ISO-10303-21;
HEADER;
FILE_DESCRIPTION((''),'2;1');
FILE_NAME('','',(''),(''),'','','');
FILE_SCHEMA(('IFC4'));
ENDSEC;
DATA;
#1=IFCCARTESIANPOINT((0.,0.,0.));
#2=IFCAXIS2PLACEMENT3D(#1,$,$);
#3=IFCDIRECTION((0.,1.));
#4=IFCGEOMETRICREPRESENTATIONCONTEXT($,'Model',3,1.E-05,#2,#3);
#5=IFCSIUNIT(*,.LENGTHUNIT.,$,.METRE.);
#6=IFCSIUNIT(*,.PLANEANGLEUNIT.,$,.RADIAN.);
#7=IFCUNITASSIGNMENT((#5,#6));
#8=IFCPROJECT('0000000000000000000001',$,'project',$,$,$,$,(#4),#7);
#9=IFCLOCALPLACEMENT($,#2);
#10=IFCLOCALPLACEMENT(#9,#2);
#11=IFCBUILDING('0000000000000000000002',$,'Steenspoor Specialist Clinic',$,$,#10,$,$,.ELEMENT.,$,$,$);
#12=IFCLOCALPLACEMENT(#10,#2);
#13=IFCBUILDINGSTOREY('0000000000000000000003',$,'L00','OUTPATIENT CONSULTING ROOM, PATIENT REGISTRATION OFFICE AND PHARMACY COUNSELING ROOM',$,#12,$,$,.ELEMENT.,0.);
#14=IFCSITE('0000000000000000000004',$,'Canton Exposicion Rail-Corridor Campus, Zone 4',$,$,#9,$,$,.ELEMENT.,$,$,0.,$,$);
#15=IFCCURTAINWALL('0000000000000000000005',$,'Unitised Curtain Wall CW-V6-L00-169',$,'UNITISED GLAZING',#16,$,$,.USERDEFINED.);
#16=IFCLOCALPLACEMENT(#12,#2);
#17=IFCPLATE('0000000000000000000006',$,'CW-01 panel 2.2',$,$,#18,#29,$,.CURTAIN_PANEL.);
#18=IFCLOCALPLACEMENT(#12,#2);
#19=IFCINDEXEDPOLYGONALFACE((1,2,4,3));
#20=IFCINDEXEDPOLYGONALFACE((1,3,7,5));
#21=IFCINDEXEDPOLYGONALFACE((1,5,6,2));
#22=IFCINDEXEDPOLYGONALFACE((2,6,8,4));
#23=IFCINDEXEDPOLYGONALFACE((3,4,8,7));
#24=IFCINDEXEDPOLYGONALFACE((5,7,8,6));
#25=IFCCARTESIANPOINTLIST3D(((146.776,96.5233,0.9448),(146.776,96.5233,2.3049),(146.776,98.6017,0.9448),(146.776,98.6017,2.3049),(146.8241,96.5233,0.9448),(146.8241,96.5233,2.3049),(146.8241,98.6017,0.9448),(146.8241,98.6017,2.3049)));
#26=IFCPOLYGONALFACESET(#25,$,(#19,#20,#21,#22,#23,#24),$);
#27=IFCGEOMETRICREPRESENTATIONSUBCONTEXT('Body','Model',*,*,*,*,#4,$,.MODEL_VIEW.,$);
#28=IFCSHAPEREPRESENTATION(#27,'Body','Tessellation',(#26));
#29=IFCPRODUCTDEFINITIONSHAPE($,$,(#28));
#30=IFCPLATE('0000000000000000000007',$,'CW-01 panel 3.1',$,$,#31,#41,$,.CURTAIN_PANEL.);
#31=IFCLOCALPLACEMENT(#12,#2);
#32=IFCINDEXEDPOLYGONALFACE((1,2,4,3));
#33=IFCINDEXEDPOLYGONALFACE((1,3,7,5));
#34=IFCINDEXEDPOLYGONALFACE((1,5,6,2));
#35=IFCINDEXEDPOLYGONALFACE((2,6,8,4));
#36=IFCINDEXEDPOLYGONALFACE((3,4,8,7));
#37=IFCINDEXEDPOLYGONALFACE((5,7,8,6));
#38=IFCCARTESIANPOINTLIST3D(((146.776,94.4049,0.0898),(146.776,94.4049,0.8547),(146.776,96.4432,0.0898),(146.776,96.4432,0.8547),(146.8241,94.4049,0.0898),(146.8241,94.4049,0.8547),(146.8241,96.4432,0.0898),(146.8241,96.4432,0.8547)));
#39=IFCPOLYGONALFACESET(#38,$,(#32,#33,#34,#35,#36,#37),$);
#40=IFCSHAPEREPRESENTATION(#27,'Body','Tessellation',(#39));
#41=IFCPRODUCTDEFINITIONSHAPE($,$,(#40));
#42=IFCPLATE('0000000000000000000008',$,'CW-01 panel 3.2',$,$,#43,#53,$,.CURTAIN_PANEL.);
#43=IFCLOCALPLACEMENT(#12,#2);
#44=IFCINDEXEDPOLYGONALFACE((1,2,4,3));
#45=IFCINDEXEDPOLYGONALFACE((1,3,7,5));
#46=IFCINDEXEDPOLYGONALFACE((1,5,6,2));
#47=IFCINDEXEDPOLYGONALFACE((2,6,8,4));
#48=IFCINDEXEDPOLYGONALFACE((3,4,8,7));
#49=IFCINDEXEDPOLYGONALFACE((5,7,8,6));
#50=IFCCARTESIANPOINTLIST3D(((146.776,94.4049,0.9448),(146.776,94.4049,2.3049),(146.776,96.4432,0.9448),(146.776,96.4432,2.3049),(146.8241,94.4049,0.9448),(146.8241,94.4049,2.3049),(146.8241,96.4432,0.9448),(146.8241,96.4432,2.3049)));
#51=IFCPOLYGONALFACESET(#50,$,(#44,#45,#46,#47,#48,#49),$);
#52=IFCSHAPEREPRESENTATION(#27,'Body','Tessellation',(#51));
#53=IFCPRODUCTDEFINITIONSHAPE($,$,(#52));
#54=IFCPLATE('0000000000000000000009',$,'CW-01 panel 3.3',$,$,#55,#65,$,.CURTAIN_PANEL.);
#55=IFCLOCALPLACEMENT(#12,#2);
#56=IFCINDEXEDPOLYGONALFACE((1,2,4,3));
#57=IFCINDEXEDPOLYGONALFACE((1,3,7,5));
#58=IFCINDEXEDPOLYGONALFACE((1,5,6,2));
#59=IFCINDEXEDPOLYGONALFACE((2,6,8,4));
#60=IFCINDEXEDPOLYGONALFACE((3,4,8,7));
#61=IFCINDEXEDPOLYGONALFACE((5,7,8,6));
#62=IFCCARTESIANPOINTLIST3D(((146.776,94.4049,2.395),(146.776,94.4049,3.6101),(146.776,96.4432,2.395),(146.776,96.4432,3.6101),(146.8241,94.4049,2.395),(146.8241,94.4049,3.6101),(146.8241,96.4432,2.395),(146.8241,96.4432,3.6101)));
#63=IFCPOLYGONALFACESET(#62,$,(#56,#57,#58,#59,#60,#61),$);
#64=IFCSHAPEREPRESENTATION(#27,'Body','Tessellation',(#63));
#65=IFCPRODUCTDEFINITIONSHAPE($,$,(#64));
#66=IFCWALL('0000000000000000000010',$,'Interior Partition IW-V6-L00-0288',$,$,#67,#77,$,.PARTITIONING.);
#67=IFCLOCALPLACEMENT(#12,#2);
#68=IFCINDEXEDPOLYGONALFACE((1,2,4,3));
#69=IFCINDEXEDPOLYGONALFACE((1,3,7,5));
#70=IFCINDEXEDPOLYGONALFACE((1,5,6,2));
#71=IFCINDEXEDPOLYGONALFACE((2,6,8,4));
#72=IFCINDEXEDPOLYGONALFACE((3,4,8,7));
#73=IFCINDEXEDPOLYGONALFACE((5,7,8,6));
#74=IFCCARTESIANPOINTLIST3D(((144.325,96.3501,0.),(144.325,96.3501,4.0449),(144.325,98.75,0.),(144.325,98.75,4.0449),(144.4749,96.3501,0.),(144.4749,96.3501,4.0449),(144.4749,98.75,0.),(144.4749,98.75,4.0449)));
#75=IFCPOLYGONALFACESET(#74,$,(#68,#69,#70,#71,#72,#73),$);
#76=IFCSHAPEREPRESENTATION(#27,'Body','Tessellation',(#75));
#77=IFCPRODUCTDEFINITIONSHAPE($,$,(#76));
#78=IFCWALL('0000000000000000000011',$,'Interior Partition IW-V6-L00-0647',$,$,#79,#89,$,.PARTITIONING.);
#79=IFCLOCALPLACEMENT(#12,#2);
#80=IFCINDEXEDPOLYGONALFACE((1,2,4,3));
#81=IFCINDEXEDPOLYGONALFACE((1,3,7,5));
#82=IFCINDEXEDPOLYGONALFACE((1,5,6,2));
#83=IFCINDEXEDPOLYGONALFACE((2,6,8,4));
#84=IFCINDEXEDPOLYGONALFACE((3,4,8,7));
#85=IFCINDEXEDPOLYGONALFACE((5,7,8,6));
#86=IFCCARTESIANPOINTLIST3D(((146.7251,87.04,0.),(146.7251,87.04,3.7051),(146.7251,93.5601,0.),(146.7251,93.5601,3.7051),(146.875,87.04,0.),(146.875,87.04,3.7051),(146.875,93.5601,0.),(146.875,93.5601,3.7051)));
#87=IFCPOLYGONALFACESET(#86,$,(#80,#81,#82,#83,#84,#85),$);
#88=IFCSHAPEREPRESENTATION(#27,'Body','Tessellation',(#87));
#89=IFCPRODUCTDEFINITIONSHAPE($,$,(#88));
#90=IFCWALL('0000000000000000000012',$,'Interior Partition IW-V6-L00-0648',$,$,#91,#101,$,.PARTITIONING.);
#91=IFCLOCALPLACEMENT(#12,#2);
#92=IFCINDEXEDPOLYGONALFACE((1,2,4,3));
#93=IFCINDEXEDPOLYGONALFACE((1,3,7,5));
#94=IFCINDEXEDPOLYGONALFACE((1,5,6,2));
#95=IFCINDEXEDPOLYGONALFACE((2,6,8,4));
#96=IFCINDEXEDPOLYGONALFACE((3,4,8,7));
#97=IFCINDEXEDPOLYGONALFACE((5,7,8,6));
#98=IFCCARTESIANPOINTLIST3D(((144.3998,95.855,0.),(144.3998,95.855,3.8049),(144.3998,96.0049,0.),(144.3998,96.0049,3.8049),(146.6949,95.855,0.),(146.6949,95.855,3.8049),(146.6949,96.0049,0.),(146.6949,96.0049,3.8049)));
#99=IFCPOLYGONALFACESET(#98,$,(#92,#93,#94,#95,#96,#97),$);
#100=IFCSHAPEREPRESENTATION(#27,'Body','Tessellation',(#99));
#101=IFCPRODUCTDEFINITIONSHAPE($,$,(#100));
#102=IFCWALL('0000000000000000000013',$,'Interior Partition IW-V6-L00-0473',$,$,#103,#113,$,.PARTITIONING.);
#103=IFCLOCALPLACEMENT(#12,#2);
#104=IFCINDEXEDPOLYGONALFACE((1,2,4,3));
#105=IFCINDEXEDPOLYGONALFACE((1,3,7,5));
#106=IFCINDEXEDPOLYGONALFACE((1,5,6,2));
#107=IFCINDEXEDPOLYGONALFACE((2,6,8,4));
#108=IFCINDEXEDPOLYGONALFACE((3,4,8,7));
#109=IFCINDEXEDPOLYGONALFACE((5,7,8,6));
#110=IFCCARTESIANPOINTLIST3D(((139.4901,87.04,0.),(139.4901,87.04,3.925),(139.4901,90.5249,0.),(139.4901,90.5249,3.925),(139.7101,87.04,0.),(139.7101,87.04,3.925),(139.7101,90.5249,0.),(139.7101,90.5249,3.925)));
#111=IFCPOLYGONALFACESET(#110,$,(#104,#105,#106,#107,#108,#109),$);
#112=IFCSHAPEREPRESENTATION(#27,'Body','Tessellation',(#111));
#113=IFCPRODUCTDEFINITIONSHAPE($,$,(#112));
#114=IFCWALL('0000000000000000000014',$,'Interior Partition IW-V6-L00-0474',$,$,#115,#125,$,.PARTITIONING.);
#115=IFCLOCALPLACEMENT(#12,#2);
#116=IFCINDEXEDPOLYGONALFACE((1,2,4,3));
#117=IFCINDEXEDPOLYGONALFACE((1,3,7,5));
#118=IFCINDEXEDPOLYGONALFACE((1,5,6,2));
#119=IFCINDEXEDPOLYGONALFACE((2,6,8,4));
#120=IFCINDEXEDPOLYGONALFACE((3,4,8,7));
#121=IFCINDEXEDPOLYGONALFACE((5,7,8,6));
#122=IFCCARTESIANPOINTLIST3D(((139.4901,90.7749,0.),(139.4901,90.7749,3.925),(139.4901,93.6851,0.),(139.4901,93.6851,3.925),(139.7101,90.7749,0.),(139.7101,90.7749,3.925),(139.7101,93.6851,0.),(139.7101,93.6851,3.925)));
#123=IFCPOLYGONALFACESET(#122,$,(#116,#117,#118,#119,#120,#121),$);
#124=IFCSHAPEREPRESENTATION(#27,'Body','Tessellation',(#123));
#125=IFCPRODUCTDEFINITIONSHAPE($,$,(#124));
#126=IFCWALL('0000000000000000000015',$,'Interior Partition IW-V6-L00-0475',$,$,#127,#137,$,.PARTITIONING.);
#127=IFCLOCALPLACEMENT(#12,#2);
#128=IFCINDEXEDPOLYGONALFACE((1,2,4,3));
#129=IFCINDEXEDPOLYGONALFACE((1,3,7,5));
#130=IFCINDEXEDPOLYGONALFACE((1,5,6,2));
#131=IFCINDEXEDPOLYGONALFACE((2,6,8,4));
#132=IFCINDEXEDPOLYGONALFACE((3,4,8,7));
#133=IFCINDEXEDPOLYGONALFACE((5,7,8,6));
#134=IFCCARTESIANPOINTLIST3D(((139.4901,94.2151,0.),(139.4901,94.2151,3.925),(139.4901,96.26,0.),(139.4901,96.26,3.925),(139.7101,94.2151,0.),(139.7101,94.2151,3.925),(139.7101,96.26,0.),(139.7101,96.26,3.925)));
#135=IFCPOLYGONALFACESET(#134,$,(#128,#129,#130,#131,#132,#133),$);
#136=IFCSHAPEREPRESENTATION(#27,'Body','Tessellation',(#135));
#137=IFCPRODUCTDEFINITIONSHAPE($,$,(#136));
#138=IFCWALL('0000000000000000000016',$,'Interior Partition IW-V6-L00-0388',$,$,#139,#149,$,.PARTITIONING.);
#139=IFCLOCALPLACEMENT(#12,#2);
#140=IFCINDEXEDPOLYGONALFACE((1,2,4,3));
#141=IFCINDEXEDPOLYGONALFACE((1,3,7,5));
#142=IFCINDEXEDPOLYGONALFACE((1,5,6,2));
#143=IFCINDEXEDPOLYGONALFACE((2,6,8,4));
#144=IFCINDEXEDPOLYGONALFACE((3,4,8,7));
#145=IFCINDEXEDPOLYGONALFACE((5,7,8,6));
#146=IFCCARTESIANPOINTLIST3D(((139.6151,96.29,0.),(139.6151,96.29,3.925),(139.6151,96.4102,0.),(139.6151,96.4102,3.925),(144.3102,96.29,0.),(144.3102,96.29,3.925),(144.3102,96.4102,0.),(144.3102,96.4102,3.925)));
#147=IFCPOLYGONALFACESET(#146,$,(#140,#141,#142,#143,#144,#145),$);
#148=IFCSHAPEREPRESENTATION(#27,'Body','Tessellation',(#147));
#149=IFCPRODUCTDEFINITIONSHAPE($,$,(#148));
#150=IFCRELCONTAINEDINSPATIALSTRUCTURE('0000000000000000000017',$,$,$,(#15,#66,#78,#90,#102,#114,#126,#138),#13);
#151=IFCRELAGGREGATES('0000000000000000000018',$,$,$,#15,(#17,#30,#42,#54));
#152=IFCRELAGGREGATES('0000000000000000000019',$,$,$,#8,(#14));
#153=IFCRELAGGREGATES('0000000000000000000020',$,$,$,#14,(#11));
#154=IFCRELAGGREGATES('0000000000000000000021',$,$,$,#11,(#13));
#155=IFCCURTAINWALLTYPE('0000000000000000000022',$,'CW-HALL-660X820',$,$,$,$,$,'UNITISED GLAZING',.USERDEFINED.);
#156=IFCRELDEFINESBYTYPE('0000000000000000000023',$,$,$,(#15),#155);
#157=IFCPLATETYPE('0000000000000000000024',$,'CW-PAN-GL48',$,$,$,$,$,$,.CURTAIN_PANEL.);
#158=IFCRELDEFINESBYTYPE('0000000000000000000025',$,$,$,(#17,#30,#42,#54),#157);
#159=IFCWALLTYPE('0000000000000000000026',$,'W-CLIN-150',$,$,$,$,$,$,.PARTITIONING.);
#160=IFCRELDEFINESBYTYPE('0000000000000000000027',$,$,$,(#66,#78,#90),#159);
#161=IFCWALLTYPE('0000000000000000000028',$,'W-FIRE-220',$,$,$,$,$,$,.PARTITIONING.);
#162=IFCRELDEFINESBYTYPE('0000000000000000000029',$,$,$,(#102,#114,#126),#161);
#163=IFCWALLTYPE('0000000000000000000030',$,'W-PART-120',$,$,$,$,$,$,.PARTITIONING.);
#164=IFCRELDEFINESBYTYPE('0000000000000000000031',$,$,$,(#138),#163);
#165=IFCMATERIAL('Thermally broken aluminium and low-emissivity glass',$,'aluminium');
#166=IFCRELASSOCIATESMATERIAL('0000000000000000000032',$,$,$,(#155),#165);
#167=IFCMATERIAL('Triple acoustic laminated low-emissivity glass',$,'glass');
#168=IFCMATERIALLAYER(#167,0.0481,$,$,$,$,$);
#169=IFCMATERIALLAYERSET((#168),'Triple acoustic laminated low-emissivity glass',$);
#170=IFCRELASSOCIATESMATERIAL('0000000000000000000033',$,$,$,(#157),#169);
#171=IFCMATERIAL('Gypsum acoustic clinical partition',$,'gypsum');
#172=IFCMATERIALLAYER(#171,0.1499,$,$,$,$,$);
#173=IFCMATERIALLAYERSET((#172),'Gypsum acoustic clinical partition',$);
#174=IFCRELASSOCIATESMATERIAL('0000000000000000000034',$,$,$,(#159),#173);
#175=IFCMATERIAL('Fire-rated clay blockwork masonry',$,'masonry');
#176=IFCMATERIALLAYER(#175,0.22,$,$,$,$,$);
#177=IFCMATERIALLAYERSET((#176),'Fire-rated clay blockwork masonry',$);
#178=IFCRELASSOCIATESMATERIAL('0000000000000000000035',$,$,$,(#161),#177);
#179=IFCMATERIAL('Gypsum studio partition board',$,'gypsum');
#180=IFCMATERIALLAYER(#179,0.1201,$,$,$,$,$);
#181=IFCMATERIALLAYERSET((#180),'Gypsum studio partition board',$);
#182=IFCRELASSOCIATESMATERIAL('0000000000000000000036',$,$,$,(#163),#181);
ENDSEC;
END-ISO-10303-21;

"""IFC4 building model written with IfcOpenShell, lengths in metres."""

from ifc_helpers import new_model, si_unit, direction, frame, frame_2d, origin, origin_2d, place, context, subcontext, project, spatial, rectangle, extrude, material, layer, layer_set, type_object, element, aggregate, save


model = new_model("IFC4")

# Units and contexts
model_context = context("Model", 3, precision=1e-05, world=origin(), true_north=direction((0.0, 1.0)))
body_context = subcontext(model_context, "Body", "Model", "MODEL_VIEW")
ifc_project = project(units=[si_unit("LENGTHUNIT", "METRE"), si_unit("PLANEANGLEUNIT", "RADIAN")], contexts=[model_context])

# Site, building, storey
site_placement = place(None, origin())
site = spatial("IfcSite", under=ifc_project, at=site_placement, Name="Canton Exposicion Rail-Corridor Campus, Zone 4", CompositionType="ELEMENT", RefElevation=0.0)
building_placement = place(site_placement, origin())
building = spatial("IfcBuilding", under=site, at=building_placement, Name="Steenspoor Specialist Clinic", CompositionType="ELEMENT")
storey_placement = place(building_placement, origin())
storey = spatial("IfcBuildingStorey", under=building, at=storey_placement, Name="L00", Description="OUTPATIENT CONSULTING ROOM, PATIENT REGISTRATION OFFICE AND PHARMACY COUNSELING ROOM", CompositionType="ELEMENT", Elevation=0.0)

# Curtain wall
ifc_material_1 = material(Name="Thermally broken aluminium and low-emissivity glass", Category="aluminium")
curtain_wall_type = type_object("IfcCurtainWallType", Name="CW-HALL-660X820", ElementType="UNITISED GLAZING", PredefinedType="USERDEFINED", material=ifc_material_1)
curtain_wall_placement = place(storey_placement, origin())
curtain_wall = element("IfcCurtainWall", 1, at=curtain_wall_placement, inside=storey, type_object=curtain_wall_type, Name="Unitised Curtain Wall CW-V6-L00-169", ObjectType="UNITISED GLAZING", PredefinedType="USERDEFINED")

# Plates
ifc_material_2 = material(Name="Triple acoustic laminated low-emissivity glass", Category="glass")
ifc_layer_1 = layer(ifc_material_2, 0.0481)
ifc_layer_set_1 = layer_set([ifc_layer_1], Name="Triple acoustic laminated low-emissivity glass")
plate_type = type_object("IfcPlateType", Name="CW-PAN-GL48", PredefinedType="CURTAIN_PANEL", material=ifc_layer_set_1)
plate_1_placement = place(storey_placement, frame((146.8, 97.5625, 0.9448), z_axis=(0.0, 0.0, 1.0), x_axis=(0.0, -1.0, 0.0)))
plate_1 = element("IfcPlate", 2, at=plate_1_placement, type_object=plate_type, Name="CW-01 panel 2.2", PredefinedType="CURTAIN_PANEL", context=body_context, shape_type="SweptSolid", body=[
    extrude(rectangle(XDim=2.0784, YDim=0.0481, at=origin_2d()), origin(), (0.0, 0.0, 1.0), 1.3601),
])
plate_2_placement = place(storey_placement, frame((146.8, 95.4241, 0.0898), z_axis=(0.0, 0.0, 1.0), x_axis=(0.0, -1.0, 0.0)))
plate_2 = element("IfcPlate", 3, at=plate_2_placement, type_object=plate_type, Name="CW-01 panel 3.1", PredefinedType="CURTAIN_PANEL", context=body_context, shape_type="SweptSolid", body=[
    extrude(rectangle(XDim=2.0383, YDim=0.0481, at=origin_2d()), origin(), (0.0, 0.0, 1.0), 0.7649),
])
plate_3_placement = place(storey_placement, frame((146.8, 95.4241, 0.9448), z_axis=(0.0, 0.0, 1.0), x_axis=(0.0, -1.0, 0.0)))
plate_3 = element("IfcPlate", 4, at=plate_3_placement, type_object=plate_type, Name="CW-01 panel 3.2", PredefinedType="CURTAIN_PANEL", context=body_context, shape_type="SweptSolid", body=[
    extrude(rectangle(XDim=2.0383, YDim=0.0481, at=origin_2d()), origin(), (0.0, 0.0, 1.0), 1.3601),
])
plate_4_placement = place(storey_placement, frame((146.8, 95.4241, 2.395), z_axis=(0.0, 0.0, 1.0), x_axis=(0.0, -1.0, 0.0)))
plate_4 = element("IfcPlate", 5, at=plate_4_placement, type_object=plate_type, Name="CW-01 panel 3.3", PredefinedType="CURTAIN_PANEL", context=body_context, shape_type="SweptSolid", body=[
    extrude(rectangle(XDim=2.0383, YDim=0.0481, at=origin_2d()), origin(), (0.0, 0.0, 1.0), 1.2151),
])
aggregate(curtain_wall, [plate_1, plate_2, plate_3, plate_4])

# Walls
ifc_material_3 = material(Name="Gypsum acoustic clinical partition", Category="gypsum")
ifc_layer_2 = layer(ifc_material_3, 0.1499)
ifc_layer_set_2 = layer_set([ifc_layer_2], Name="Gypsum acoustic clinical partition")
wall_type_1 = type_object("IfcWallType", Name="W-CLIN-150", PredefinedType="PARTITIONING", material=ifc_layer_set_2)
wall_1_placement = place(storey_placement, frame((144.3999, 96.3501, 0.0), z_axis=(0.0, 0.0, 1.0), x_axis=(0.0, 1.0, 0.0)))
element("IfcWall", 6, at=wall_1_placement, inside=storey, type_object=wall_type_1, Name="Interior Partition IW-V6-L00-0288", PredefinedType="PARTITIONING", context=body_context, shape_type="SweptSolid", body=[
    extrude(rectangle(XDim=2.3999, YDim=0.1499, at=frame_2d((1.2, 0.0))), origin(), (0.0, 0.0, 1.0), 4.0449),
])
wall_2_placement = place(storey_placement, frame((146.8, 87.04, 0.0), z_axis=(0.0, 0.0, 1.0), x_axis=(0.0, 1.0, 0.0)))
element("IfcWall", 7, at=wall_2_placement, inside=storey, type_object=wall_type_1, Name="Interior Partition IW-V6-L00-0647", PredefinedType="PARTITIONING", context=body_context, shape_type="SweptSolid", body=[
    extrude(rectangle(XDim=6.52, YDim=0.1499, at=frame_2d((3.26, 0.0))), origin(), (0.0, 0.0, 1.0), 3.7051),
])
wall_3_placement = place(storey_placement, frame((144.3999, 95.9299, 0.0), z_axis=(0.0, 0.0, 1.0), x_axis=(1.0, 0.0, 0.0)))
element("IfcWall", 8, at=wall_3_placement, inside=storey, type_object=wall_type_1, Name="Interior Partition IW-V6-L00-0648", PredefinedType="PARTITIONING", context=body_context, shape_type="SweptSolid", body=[
    extrude(rectangle(XDim=2.2952, YDim=0.1499, at=frame_2d((1.1475, 0.0))), origin(), (0.0, 0.0, 1.0), 3.8049),
])
ifc_material_4 = material(Name="Fire-rated clay blockwork masonry", Category="masonry")
ifc_layer_3 = layer(ifc_material_4, 0.22)
ifc_layer_set_3 = layer_set([ifc_layer_3], Name="Fire-rated clay blockwork masonry")
wall_type_2 = type_object("IfcWallType", Name="W-FIRE-220", PredefinedType="PARTITIONING", material=ifc_layer_set_3)
wall_4_placement = place(storey_placement, frame((139.6001, 87.04, 0.0), z_axis=(0.0, 0.0, 1.0), x_axis=(0.0, 1.0, 0.0)))
element("IfcWall", 9, at=wall_4_placement, inside=storey, type_object=wall_type_2, Name="Interior Partition IW-V6-L00-0473", PredefinedType="PARTITIONING", context=body_context, shape_type="SweptSolid", body=[
    extrude(rectangle(XDim=3.4849, YDim=0.22, at=frame_2d((1.7424, 0.0))), origin(), (0.0, 0.0, 1.0), 3.925),
])
wall_5_placement = place(storey_placement, frame((139.6001, 90.7749, 0.0), z_axis=(0.0, 0.0, 1.0), x_axis=(0.0, 1.0, 0.0)))
element("IfcWall", 10, at=wall_5_placement, inside=storey, type_object=wall_type_2, Name="Interior Partition IW-V6-L00-0474", PredefinedType="PARTITIONING", context=body_context, shape_type="SweptSolid", body=[
    extrude(rectangle(XDim=2.9102, YDim=0.22, at=frame_2d((1.4551, 0.0))), origin(), (0.0, 0.0, 1.0), 3.925),
])
wall_6_placement = place(storey_placement, frame((139.6001, 94.2151, 0.0), z_axis=(0.0, 0.0, 1.0), x_axis=(0.0, 1.0, 0.0)))
element("IfcWall", 11, at=wall_6_placement, inside=storey, type_object=wall_type_2, Name="Interior Partition IW-V6-L00-0475", PredefinedType="PARTITIONING", context=body_context, shape_type="SweptSolid", body=[
    extrude(rectangle(XDim=2.0449, YDim=0.22, at=frame_2d((1.0225, 0.0))), origin(), (0.0, 0.0, 1.0), 3.925),
])
ifc_material_5 = material(Name="Gypsum studio partition board", Category="gypsum")
ifc_layer_4 = layer(ifc_material_5, 0.1201)
ifc_layer_set_4 = layer_set([ifc_layer_4], Name="Gypsum studio partition board")
wall_type_3 = type_object("IfcWallType", Name="W-PART-120", PredefinedType="PARTITIONING", material=ifc_layer_set_4)
wall_7_placement = place(storey_placement, frame((139.615, 96.3501, 0.0), z_axis=(0.0, 0.0, 1.0), x_axis=(1.0, 0.0, 0.0)))
element("IfcWall", 12, at=wall_7_placement, inside=storey, type_object=wall_type_3, Name="Interior Partition IW-V6-L00-0388", PredefinedType="PARTITIONING", context=body_context, shape_type="SweptSolid", body=[
    extrude(rectangle(XDim=4.6951, YDim=0.1201, at=frame_2d((2.3477, 0.0))), origin(), (0.0, 0.0, 1.0), 3.925),
])

save(model, "model.ifc")
